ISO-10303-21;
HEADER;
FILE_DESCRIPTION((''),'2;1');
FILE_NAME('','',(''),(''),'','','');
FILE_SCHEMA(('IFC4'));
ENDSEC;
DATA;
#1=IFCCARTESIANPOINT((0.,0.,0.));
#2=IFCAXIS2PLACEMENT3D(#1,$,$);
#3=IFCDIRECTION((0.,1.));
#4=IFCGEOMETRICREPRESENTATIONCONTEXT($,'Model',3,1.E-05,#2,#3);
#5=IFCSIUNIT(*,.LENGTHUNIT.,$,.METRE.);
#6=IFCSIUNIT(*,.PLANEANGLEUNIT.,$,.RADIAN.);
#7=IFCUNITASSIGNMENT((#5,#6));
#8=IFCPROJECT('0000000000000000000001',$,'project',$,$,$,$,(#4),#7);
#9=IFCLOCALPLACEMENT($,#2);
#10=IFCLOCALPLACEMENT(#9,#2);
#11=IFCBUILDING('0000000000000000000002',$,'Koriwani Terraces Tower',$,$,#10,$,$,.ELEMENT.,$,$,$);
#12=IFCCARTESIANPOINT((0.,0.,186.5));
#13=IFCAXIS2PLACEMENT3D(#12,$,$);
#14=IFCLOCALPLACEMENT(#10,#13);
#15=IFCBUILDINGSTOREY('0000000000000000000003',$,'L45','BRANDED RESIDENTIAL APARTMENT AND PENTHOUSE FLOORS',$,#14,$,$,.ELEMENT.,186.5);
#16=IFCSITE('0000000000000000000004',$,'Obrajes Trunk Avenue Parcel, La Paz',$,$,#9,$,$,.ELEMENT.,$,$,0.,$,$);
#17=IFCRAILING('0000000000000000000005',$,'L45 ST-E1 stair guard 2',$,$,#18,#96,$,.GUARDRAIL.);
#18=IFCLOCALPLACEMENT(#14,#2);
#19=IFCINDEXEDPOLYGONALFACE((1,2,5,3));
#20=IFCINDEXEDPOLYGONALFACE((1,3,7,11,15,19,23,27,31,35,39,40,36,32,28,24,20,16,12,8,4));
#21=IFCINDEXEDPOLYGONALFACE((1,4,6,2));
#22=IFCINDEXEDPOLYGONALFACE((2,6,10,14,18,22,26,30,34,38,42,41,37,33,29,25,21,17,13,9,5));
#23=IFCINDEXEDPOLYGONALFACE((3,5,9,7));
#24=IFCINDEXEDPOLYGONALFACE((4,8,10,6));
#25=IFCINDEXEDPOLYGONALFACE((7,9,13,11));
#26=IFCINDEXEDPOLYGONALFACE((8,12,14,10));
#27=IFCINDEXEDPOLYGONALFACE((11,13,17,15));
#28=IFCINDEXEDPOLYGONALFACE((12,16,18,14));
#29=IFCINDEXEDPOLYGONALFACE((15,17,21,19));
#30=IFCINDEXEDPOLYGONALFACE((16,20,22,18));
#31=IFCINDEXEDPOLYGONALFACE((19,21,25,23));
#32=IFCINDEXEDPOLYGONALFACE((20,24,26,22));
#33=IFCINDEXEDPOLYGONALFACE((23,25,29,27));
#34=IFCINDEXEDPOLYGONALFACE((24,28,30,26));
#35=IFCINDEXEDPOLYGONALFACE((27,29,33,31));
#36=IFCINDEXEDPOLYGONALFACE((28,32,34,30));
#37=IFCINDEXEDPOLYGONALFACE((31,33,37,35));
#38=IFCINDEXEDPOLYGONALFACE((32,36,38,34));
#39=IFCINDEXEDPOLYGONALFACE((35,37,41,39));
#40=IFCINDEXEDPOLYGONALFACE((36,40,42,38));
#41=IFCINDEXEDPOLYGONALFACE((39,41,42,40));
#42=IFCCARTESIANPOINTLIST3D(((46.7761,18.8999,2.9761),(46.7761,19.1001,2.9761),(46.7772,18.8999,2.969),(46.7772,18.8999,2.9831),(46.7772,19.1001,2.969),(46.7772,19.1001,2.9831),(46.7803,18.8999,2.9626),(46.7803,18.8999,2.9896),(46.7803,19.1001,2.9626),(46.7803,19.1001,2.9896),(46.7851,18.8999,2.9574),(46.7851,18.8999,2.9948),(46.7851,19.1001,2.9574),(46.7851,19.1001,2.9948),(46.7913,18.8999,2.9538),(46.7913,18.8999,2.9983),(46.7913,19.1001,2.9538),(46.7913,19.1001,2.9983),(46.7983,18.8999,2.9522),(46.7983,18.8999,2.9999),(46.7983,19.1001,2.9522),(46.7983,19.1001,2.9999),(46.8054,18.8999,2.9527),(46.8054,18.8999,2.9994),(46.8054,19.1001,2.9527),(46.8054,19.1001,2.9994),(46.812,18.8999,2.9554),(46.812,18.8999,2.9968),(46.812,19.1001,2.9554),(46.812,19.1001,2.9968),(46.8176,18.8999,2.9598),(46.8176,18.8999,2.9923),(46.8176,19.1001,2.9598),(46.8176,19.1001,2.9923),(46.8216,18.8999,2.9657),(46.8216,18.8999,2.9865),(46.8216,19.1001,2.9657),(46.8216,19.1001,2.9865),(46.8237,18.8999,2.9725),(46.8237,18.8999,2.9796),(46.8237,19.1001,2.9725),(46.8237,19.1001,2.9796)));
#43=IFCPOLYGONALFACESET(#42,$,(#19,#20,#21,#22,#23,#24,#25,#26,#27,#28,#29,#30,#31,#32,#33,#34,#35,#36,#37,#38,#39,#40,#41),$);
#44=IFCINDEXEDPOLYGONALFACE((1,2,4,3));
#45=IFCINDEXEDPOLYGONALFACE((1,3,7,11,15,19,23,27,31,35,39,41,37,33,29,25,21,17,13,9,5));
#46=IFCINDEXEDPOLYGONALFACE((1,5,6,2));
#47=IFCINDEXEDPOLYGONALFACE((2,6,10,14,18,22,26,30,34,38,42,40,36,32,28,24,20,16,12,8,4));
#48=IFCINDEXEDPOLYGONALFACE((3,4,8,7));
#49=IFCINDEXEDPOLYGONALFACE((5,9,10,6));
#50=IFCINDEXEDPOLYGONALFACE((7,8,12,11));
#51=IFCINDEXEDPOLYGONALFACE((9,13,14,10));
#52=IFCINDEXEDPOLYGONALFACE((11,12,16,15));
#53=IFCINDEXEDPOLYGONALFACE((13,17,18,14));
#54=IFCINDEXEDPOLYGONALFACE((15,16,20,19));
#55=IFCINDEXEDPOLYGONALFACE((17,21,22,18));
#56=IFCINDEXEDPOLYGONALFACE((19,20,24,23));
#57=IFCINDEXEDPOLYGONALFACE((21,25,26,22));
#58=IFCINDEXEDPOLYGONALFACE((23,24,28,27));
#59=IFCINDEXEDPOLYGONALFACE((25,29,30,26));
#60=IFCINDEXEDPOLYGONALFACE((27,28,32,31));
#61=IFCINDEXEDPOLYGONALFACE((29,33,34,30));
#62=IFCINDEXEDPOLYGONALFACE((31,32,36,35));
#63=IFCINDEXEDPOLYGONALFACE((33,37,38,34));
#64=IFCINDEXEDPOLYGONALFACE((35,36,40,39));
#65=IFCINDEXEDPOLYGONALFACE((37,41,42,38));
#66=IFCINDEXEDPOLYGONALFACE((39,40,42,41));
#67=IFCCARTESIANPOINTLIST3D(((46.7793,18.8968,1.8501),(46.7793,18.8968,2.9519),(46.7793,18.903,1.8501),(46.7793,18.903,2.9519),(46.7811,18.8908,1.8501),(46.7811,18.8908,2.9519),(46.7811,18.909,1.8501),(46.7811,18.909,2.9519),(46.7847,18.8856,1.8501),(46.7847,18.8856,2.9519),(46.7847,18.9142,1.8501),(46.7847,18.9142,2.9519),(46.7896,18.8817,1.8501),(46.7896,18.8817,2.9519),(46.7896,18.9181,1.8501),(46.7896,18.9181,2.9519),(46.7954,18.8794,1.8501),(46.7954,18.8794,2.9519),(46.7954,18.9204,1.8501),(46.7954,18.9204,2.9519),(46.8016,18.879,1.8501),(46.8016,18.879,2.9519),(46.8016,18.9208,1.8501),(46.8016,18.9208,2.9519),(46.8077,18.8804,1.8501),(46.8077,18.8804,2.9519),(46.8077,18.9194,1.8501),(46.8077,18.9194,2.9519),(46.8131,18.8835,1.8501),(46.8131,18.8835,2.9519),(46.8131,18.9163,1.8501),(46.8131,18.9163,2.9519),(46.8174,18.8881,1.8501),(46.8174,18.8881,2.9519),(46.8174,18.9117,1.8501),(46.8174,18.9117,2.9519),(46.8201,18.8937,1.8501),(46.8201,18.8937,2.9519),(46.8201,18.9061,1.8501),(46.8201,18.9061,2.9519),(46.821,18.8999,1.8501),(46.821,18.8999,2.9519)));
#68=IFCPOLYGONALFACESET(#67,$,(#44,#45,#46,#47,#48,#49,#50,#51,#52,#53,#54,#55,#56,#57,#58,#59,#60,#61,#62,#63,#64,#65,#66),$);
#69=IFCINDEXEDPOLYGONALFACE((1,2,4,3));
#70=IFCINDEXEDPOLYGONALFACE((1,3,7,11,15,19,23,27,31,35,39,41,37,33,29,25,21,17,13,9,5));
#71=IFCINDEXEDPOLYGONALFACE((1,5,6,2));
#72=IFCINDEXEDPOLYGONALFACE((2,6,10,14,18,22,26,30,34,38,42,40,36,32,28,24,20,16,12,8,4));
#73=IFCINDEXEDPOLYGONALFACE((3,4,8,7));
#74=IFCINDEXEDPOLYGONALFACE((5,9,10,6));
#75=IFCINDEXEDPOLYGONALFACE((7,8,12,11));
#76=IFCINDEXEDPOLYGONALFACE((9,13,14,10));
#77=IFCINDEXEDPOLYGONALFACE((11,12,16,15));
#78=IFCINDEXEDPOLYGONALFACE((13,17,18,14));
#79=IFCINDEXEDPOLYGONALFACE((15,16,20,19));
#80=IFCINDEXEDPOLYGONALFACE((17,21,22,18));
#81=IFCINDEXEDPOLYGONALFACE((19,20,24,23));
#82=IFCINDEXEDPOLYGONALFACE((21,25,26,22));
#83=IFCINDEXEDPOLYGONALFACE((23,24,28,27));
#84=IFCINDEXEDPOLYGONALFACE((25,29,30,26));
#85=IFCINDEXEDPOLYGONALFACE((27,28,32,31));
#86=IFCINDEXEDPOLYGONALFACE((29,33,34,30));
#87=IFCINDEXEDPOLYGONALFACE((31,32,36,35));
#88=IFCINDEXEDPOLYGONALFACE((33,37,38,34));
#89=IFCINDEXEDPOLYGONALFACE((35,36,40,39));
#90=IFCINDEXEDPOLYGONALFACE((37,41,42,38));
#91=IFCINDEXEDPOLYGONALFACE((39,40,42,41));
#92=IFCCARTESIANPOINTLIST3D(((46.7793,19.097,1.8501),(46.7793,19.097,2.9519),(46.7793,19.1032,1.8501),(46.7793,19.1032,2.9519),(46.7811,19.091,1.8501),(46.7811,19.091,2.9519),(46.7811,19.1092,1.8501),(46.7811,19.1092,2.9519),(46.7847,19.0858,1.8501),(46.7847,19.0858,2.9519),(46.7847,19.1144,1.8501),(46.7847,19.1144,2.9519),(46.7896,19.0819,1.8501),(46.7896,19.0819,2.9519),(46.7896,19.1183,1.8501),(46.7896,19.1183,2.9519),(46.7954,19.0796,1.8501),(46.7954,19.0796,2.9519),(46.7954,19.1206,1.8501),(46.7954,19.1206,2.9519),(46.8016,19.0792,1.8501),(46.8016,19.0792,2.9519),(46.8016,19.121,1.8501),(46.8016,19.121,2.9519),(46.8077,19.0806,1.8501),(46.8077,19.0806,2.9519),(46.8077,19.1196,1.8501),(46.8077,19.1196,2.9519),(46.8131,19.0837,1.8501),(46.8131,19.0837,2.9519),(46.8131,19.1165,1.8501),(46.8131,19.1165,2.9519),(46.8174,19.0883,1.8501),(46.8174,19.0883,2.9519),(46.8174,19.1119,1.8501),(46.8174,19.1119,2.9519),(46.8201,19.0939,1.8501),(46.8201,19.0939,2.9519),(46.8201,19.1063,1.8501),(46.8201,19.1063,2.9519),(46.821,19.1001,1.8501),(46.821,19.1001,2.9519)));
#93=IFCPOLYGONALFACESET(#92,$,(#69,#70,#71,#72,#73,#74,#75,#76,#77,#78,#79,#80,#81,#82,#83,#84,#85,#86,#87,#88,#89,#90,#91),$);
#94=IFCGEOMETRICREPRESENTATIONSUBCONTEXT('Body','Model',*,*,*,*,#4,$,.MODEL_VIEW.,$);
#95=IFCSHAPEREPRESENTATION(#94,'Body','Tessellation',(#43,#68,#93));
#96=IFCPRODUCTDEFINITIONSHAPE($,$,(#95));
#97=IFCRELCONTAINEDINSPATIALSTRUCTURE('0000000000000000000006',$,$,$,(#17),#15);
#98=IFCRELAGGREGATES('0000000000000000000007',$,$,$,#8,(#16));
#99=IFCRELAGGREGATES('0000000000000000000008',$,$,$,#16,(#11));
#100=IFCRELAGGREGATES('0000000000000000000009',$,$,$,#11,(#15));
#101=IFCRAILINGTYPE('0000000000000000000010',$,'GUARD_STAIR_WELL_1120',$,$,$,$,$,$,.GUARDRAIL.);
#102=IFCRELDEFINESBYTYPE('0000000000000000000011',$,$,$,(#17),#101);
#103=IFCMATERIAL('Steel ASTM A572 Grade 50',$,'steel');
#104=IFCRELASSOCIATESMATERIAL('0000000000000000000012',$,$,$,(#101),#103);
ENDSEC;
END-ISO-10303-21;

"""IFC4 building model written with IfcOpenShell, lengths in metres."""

from ifc_helpers import new_model, si_unit, direction, frame, origin, origin_2d, place, context, subcontext, project, spatial, circle, extrude, material, type_object, element, save


model = new_model("IFC4")

# Units and contexts
model_context = context("Model", 3, precision=1e-05, world=origin(), true_north=direction((0.0, 1.0)))
body_context = subcontext(model_context, "Body", "Model", "MODEL_VIEW")
ifc_project = project(units=[si_unit("LENGTHUNIT", "METRE"), si_unit("PLANEANGLEUNIT", "RADIAN")], contexts=[model_context])

# Site, building, storey
site_placement = place(None, origin())
site = spatial("IfcSite", under=ifc_project, at=site_placement, Name="Obrajes Trunk Avenue Parcel, La Paz", CompositionType="ELEMENT", RefElevation=0.0)
building_placement = place(site_placement, origin())
building = spatial("IfcBuilding", under=site, at=building_placement, Name="Koriwani Terraces Tower", CompositionType="ELEMENT")
storey_placement = place(building_placement, frame((0.0, 0.0, 186.5)))
storey = spatial("IfcBuildingStorey", under=building, at=storey_placement, Name="L45", Description="BRANDED RESIDENTIAL APARTMENT AND PENTHOUSE FLOORS", CompositionType="ELEMENT", Elevation=186.5)

# Shared definitions
ifc_material_1 = material(Name="Steel ASTM A572 Grade 50", Category="steel")

# Railing
railing_type_1 = type_object("IfcRailingType", Name="GUARD_STAIR_WELL_1120", PredefinedType="GUARDRAIL", material=ifc_material_1)
railing_1_placement = place(storey_placement, frame((46.8, 18.8999, 1.8501)))
element("IfcRailing", 1, at=railing_1_placement, inside=storey, type_object=railing_type_1, Name="L45 ST-E1 stair guard 2", PredefinedType="GUARDRAIL", context=body_context, shape_type="SweptSolid", body=[
    extrude(circle(Radius=0.0239, at=origin_2d()), frame((0.0, 0.0, 1.126), z_axis=(0.0, 1.0, 0.0), x_axis=(-1.0, 0.0, 0.0)), (0.0, 0.0, 1.0), 0.2002),
    extrude(circle(Radius=0.021, at=origin_2d()), origin(), (0.0, 0.0, 1.0), 1.1018),
    extrude(circle(Radius=0.021, at=origin_2d()), frame((0.0, 0.2002, 0.0)), (0.0, 0.0, 1.0), 1.1018),
])

save(model, "model.ifc")
